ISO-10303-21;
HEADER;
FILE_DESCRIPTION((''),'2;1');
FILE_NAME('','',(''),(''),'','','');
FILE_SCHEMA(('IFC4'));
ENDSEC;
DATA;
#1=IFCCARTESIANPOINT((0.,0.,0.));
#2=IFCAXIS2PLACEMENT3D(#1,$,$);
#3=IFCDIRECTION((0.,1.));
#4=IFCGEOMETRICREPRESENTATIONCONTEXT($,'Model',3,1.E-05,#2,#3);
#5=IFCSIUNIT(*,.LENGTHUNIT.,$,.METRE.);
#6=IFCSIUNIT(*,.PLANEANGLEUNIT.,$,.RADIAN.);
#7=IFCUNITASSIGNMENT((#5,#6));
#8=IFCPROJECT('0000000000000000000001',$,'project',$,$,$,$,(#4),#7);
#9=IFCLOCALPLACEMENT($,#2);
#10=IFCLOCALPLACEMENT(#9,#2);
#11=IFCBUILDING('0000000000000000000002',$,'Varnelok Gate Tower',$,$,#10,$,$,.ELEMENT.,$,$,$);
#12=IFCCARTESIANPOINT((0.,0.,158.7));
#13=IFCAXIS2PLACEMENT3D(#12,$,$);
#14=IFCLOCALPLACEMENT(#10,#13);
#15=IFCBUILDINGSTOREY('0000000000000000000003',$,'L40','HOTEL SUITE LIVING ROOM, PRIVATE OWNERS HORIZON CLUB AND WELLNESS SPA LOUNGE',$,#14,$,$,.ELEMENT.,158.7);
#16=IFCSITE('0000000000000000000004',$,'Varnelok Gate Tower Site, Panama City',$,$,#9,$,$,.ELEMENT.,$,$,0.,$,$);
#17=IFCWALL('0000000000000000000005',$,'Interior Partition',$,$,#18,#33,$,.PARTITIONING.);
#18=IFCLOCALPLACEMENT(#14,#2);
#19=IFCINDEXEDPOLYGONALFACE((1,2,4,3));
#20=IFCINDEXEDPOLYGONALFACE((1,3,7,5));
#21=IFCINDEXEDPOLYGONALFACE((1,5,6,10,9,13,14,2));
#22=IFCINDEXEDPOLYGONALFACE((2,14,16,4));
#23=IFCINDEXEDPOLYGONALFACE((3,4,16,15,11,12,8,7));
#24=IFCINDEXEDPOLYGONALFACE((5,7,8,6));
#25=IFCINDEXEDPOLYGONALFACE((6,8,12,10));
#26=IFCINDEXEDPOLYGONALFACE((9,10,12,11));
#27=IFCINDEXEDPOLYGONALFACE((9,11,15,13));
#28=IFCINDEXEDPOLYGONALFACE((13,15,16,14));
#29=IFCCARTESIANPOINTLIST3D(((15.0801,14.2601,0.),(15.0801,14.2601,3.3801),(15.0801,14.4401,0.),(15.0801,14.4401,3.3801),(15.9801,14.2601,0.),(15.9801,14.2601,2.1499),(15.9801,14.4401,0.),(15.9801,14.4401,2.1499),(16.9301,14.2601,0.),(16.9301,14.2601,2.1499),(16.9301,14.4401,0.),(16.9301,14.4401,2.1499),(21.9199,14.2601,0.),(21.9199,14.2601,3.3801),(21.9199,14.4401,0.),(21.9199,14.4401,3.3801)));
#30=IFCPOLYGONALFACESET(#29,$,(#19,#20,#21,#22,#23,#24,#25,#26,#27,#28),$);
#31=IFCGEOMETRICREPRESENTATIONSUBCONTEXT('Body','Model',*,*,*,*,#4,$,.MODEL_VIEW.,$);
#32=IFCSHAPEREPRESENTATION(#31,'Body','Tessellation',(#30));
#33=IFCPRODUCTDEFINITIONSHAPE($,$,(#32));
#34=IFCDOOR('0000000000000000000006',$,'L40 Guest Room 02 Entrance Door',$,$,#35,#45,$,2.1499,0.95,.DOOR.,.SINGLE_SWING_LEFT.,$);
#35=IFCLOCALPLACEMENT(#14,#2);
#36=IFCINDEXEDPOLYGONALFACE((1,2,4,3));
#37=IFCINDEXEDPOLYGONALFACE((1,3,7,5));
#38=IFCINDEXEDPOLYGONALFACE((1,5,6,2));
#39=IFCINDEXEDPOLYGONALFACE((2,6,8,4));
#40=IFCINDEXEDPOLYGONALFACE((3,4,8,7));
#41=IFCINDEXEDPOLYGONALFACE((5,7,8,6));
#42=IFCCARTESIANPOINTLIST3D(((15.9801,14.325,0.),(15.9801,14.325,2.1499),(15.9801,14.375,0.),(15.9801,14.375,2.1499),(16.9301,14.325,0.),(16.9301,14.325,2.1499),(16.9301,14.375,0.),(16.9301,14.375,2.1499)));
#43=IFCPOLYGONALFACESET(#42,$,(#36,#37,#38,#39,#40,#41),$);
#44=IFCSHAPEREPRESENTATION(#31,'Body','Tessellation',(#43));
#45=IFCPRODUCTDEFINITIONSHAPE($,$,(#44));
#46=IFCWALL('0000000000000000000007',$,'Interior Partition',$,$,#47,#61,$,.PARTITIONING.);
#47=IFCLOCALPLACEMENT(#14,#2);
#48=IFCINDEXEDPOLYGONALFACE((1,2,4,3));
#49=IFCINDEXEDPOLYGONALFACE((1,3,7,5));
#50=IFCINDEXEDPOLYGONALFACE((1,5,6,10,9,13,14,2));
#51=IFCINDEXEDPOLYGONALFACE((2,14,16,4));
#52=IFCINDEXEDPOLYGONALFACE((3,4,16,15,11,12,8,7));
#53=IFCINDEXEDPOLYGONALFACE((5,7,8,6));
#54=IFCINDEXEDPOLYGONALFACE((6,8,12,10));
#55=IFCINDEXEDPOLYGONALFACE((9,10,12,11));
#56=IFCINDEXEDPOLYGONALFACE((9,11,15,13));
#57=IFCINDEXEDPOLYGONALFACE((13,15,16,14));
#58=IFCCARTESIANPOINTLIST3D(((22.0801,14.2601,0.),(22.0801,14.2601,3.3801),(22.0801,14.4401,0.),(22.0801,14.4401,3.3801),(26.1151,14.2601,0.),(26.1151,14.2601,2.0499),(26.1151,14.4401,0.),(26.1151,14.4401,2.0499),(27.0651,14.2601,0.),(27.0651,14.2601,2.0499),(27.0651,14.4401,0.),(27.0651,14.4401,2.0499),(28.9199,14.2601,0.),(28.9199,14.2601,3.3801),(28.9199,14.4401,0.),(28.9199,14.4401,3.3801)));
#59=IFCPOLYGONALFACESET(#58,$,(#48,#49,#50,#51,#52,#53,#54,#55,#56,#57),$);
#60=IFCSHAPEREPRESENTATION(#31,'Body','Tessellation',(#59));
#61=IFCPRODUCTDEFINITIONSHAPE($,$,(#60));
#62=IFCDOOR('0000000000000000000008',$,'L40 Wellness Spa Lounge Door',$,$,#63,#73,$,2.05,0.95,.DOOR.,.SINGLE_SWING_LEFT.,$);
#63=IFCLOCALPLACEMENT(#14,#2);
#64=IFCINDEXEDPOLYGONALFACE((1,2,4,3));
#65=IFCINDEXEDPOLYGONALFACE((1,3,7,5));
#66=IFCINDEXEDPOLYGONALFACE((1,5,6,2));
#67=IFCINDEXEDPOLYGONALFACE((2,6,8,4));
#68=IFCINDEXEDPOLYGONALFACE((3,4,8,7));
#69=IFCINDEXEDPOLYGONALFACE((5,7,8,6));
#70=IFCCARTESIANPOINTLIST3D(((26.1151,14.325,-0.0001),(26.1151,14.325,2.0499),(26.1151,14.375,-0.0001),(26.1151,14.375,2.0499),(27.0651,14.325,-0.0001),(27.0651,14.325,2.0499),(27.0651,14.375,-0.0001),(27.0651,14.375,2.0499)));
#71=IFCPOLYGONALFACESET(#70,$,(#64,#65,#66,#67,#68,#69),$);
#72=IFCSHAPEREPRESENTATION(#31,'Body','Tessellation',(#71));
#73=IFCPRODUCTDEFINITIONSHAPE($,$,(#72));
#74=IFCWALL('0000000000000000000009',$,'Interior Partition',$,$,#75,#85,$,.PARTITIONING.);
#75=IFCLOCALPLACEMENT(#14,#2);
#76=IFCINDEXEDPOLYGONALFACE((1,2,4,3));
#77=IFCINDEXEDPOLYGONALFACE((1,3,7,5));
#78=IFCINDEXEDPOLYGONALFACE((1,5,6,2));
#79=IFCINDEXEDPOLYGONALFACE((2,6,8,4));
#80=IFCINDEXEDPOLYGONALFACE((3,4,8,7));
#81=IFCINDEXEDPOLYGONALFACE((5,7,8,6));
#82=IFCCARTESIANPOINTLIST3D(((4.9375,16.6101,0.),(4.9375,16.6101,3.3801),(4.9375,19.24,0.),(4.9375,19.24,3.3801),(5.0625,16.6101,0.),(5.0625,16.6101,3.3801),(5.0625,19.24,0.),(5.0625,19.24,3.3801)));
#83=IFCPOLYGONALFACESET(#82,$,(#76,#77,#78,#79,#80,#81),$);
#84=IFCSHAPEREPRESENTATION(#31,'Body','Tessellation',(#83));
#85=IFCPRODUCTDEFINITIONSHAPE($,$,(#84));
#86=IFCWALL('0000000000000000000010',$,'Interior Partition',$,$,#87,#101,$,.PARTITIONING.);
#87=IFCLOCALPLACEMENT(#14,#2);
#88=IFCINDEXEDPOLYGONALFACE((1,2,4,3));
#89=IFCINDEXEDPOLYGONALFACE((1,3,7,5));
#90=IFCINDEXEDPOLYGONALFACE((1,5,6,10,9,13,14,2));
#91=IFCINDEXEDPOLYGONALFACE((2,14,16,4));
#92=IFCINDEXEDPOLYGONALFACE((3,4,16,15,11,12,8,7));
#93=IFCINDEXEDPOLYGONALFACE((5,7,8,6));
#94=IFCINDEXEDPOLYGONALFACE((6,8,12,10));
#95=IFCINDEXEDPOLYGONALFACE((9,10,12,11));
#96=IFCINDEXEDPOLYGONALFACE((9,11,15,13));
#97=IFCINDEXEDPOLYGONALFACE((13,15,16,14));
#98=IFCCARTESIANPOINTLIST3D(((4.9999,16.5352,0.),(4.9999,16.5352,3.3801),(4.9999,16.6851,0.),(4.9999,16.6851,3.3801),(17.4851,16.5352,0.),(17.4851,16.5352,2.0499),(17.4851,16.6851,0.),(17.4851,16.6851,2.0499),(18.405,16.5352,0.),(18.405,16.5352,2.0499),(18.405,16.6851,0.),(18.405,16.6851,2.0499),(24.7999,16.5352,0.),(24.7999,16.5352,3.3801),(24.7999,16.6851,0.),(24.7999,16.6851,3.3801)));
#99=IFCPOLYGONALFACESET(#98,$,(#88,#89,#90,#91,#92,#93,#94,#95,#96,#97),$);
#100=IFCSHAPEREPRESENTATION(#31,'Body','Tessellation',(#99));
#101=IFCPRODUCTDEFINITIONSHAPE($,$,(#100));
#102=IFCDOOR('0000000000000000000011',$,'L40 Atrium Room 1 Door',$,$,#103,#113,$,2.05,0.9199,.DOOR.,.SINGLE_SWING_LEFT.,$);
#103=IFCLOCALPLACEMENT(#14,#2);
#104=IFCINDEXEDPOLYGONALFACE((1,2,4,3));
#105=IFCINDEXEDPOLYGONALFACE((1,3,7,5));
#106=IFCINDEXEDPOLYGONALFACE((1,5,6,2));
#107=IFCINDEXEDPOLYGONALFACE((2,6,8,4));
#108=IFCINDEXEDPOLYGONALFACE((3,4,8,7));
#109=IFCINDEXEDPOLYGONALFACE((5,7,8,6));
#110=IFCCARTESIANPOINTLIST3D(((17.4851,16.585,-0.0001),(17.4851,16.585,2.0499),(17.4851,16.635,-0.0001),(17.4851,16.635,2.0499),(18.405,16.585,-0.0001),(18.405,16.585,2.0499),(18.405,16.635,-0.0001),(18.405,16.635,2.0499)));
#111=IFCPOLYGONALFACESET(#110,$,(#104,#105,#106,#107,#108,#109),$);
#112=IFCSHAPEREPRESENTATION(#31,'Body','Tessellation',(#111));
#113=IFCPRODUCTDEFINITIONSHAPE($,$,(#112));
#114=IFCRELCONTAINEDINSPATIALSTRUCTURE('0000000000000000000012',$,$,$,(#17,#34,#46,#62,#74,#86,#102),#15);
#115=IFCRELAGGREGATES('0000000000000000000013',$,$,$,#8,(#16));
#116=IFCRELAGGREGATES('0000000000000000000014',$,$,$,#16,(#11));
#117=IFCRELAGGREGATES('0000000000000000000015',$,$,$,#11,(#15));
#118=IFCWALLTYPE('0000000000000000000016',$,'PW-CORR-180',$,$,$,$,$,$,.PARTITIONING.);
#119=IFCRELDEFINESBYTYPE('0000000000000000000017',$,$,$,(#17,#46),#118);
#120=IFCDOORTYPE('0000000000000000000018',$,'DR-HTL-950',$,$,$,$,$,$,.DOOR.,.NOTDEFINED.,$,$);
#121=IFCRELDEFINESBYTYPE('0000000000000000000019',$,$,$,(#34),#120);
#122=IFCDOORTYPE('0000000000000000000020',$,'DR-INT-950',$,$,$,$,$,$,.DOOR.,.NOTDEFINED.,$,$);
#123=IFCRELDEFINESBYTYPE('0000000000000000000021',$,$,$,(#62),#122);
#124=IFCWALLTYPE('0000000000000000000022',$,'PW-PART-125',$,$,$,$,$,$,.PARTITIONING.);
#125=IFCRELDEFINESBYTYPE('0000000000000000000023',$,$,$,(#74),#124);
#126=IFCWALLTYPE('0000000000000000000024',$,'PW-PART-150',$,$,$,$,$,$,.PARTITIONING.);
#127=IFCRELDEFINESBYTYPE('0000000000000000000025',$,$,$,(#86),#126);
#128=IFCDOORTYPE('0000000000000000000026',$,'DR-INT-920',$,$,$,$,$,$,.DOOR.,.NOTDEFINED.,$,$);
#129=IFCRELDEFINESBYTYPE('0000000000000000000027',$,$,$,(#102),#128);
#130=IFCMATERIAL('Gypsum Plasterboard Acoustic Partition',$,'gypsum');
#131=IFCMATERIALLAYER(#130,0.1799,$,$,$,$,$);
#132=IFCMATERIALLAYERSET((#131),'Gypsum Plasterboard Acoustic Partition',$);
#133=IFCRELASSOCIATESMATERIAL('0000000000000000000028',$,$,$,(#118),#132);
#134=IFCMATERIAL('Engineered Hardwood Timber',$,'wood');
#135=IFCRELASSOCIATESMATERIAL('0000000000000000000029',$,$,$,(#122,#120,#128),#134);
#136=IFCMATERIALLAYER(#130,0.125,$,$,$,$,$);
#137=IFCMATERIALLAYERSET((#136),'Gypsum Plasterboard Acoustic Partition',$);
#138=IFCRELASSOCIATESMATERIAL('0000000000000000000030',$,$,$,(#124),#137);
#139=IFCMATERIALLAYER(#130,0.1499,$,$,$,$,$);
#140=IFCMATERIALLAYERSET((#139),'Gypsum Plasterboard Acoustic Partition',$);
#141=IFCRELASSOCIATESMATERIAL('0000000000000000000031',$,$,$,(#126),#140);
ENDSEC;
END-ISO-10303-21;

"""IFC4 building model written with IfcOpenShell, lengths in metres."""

from ifc_helpers import new_model, si_unit, direction, frame, frame_2d, origin, place, context, subcontext, project, spatial, rectangle, extrude, material, layer, layer_set, type_object, element, fill, save


model = new_model("IFC4")

# Units and contexts
model_context = context("Model", 3, precision=1e-05, world=origin(), true_north=direction((0.0, 1.0)))
body_context = subcontext(model_context, "Body", "Model", "MODEL_VIEW")
ifc_project = project(units=[si_unit("LENGTHUNIT", "METRE"), si_unit("PLANEANGLEUNIT", "RADIAN")], contexts=[model_context])

# Site, building, storey
site_placement = place(None, origin())
site = spatial("IfcSite", under=ifc_project, at=site_placement, Name="Varnelok Gate Tower Site, Panama City", CompositionType="ELEMENT", RefElevation=0.0)
building_placement = place(site_placement, origin())
building = spatial("IfcBuilding", under=site, at=building_placement, Name="Varnelok Gate Tower", CompositionType="ELEMENT")
storey_placement = place(building_placement, frame((0.0, 0.0, 158.7)))
storey = spatial("IfcBuildingStorey", under=building, at=storey_placement, Name="L40", Description="HOTEL SUITE LIVING ROOM, PRIVATE OWNERS HORIZON CLUB AND WELLNESS SPA LOUNGE", CompositionType="ELEMENT", Elevation=158.7)

# Walls, openings, doors
ifc_material_1 = material(Name="Gypsum Plasterboard Acoustic Partition", Category="gypsum")
ifc_layer_1 = layer(ifc_material_1, 0.1799)
ifc_layer_set_1 = layer_set([ifc_layer_1], Name="Gypsum Plasterboard Acoustic Partition")
wall_type_1 = type_object("IfcWallType", Name="PW-CORR-180", PredefinedType="PARTITIONING", material=ifc_layer_set_1)
ifc_material_2 = material(Name="Engineered Hardwood Timber", Category="wood")
door_type_1 = type_object("IfcDoorType", Name="DR-INT-950", OperationType="NOTDEFINED", PredefinedType="DOOR", material=ifc_material_2)
wall_1_placement = place(storey_placement, frame((15.0801, 14.3501, 0.0), z_axis=(0.0, 0.0, 1.0), x_axis=(1.0, 0.0, 0.0)))
wall_1 = element("IfcWall", 1, at=wall_1_placement, inside=storey, type_object=wall_type_1, Name="Interior Partition", PredefinedType="PARTITIONING", context=body_context, shape_type="SweptSolid", body=[
    extrude(rectangle(XDim=6.8398, YDim=0.1799, at=frame_2d((3.4199, 0.0))), origin(), (0.0, 0.0, 1.0), 3.3801),
])
opening_1_placement = place(wall_1_placement, frame((0.8999, 0.0, 0.0)))
opening_1 = element("IfcOpeningElement", 2, at=opening_1_placement, cuts=wall_1, PredefinedType="OPENING", context=body_context, shape_type="SweptSolid", body=[
    extrude(rectangle(XDim=0.95, YDim=2.1499, at=frame_2d((0.4751, 1.075))), frame((0.0, 0.0999, 0.0), z_axis=(0.0, -1.0, 0.0), x_axis=(1.0, 0.0, 0.0)), (0.0, 0.0, 1.0), 0.2),
])
door_type_2 = type_object("IfcDoorType", Name="DR-HTL-950", OperationType="NOTDEFINED", PredefinedType="DOOR", material=ifc_material_2)
door_1_placement = place(opening_1_placement, origin())
door_1 = element("IfcDoor", 3, at=door_1_placement, inside=storey, type_object=door_type_2, Name="L40 Guest Room 02 Entrance Door", OperationType="SINGLE_SWING_LEFT", OverallHeight=2.1499, OverallWidth=0.95, PredefinedType="DOOR", context=body_context, shape_type="SweptSolid", body=[
    extrude(rectangle(XDim=0.95, YDim=2.1499, at=frame_2d((0.4751, 1.075))), frame((0.0, 0.0249, 0.0), z_axis=(0.0, -1.0, 0.0), x_axis=(1.0, 0.0, 0.0)), (0.0, 0.0, 1.0), 0.05),
])
fill(opening_1, door_1)
wall_2_placement = place(storey_placement, frame((22.0801, 14.3501, 0.0), z_axis=(0.0, 0.0, 1.0), x_axis=(1.0, 0.0, 0.0)))
wall_2 = element("IfcWall", 4, at=wall_2_placement, inside=storey, type_object=wall_type_1, Name="Interior Partition", PredefinedType="PARTITIONING", context=body_context, shape_type="SweptSolid", body=[
    extrude(rectangle(XDim=6.8398, YDim=0.1799, at=frame_2d((3.4199, 0.0))), origin(), (0.0, 0.0, 1.0), 3.3801),
])
opening_2_placement = place(wall_2_placement, frame((4.0349, 0.0, 0.0)))
opening_2 = element("IfcOpeningElement", 5, at=opening_2_placement, cuts=wall_2, PredefinedType="OPENING", context=body_context, shape_type="SweptSolid", body=[
    extrude(rectangle(XDim=0.95, YDim=2.05, at=frame_2d((0.4751, 1.0249))), frame((0.0, 0.0999, 0.0), z_axis=(0.0, -1.0, 0.0), x_axis=(1.0, 0.0, 0.0)), (0.0, 0.0, 1.0), 0.2),
])
door_2_placement = place(opening_2_placement, origin())
door_2 = element("IfcDoor", 6, at=door_2_placement, inside=storey, type_object=door_type_1, Name="L40 Wellness Spa Lounge Door", OperationType="SINGLE_SWING_LEFT", OverallHeight=2.05, OverallWidth=0.95, PredefinedType="DOOR", context=body_context, shape_type="SweptSolid", body=[
    extrude(rectangle(XDim=0.95, YDim=2.05, at=frame_2d((0.4751, 1.0249))), frame((0.0, 0.0249, 0.0), z_axis=(0.0, -1.0, 0.0), x_axis=(1.0, 0.0, 0.0)), (0.0, 0.0, 1.0), 0.05),
])
fill(opening_2, door_2)

# Wall
ifc_layer_2 = layer(ifc_material_1, 0.125)
ifc_layer_set_2 = layer_set([ifc_layer_2], Name="Gypsum Plasterboard Acoustic Partition")
wall_type_2 = type_object("IfcWallType", Name="PW-PART-125", PredefinedType="PARTITIONING", material=ifc_layer_set_2)
wall_3_placement = place(storey_placement, frame((5.0, 16.6101, 0.0), z_axis=(0.0, 0.0, 1.0), x_axis=(0.0, 1.0, 0.0)))
element("IfcWall", 7, at=wall_3_placement, inside=storey, type_object=wall_type_2, Name="Interior Partition", PredefinedType="PARTITIONING", context=body_context, shape_type="SweptSolid", body=[
    extrude(rectangle(XDim=2.6299, YDim=0.125, at=frame_2d((1.3149, 0.0))), origin(), (0.0, 0.0, 1.0), 3.3801),
])

# Wall, opening, door
ifc_layer_3 = layer(ifc_material_1, 0.1499)
ifc_layer_set_3 = layer_set([ifc_layer_3], Name="Gypsum Plasterboard Acoustic Partition")
wall_type_3 = type_object("IfcWallType", Name="PW-PART-150", PredefinedType="PARTITIONING", material=ifc_layer_set_3)
wall_4_placement = place(storey_placement, frame((5.0, 16.6101, 0.0), z_axis=(0.0, 0.0, 1.0), x_axis=(1.0, 0.0, 0.0)))
wall_4 = element("IfcWall", 8, at=wall_4_placement, inside=storey, type_object=wall_type_3, Name="Interior Partition", PredefinedType="PARTITIONING", context=body_context, shape_type="SweptSolid", body=[
    extrude(rectangle(XDim=19.8, YDim=0.1499, at=frame_2d((9.8999, 0.0))), origin(), (0.0, 0.0, 1.0), 3.3801),
])
opening_3_placement = place(wall_4_placement, frame((12.4851, 0.0, 0.0)))
opening_3 = element("IfcOpeningElement", 9, at=opening_3_placement, cuts=wall_4, PredefinedType="OPENING", context=body_context, shape_type="SweptSolid", body=[
    extrude(rectangle(XDim=0.9199, YDim=2.05, at=frame_2d((0.46, 1.0249))), frame((0.0, 0.085, 0.0), z_axis=(0.0, -1.0, 0.0), x_axis=(1.0, 0.0, 0.0)), (0.0, 0.0, 1.0), 0.1699),
])
door_type_3 = type_object("IfcDoorType", Name="DR-INT-920", OperationType="NOTDEFINED", PredefinedType="DOOR", material=ifc_material_2)
door_3_placement = place(opening_3_placement, origin())
door_3 = element("IfcDoor", 10, at=door_3_placement, inside=storey, type_object=door_type_3, Name="L40 Atrium Room 1 Door", OperationType="SINGLE_SWING_LEFT", OverallHeight=2.05, OverallWidth=0.9199, PredefinedType="DOOR", context=body_context, shape_type="SweptSolid", body=[
    extrude(rectangle(XDim=0.9199, YDim=2.05, at=frame_2d((0.46, 1.0249))), frame((0.0, 0.0249, 0.0), z_axis=(0.0, -1.0, 0.0), x_axis=(1.0, 0.0, 0.0)), (0.0, 0.0, 1.0), 0.05),
])
fill(opening_3, door_3)

save(model, "model.ifc")
